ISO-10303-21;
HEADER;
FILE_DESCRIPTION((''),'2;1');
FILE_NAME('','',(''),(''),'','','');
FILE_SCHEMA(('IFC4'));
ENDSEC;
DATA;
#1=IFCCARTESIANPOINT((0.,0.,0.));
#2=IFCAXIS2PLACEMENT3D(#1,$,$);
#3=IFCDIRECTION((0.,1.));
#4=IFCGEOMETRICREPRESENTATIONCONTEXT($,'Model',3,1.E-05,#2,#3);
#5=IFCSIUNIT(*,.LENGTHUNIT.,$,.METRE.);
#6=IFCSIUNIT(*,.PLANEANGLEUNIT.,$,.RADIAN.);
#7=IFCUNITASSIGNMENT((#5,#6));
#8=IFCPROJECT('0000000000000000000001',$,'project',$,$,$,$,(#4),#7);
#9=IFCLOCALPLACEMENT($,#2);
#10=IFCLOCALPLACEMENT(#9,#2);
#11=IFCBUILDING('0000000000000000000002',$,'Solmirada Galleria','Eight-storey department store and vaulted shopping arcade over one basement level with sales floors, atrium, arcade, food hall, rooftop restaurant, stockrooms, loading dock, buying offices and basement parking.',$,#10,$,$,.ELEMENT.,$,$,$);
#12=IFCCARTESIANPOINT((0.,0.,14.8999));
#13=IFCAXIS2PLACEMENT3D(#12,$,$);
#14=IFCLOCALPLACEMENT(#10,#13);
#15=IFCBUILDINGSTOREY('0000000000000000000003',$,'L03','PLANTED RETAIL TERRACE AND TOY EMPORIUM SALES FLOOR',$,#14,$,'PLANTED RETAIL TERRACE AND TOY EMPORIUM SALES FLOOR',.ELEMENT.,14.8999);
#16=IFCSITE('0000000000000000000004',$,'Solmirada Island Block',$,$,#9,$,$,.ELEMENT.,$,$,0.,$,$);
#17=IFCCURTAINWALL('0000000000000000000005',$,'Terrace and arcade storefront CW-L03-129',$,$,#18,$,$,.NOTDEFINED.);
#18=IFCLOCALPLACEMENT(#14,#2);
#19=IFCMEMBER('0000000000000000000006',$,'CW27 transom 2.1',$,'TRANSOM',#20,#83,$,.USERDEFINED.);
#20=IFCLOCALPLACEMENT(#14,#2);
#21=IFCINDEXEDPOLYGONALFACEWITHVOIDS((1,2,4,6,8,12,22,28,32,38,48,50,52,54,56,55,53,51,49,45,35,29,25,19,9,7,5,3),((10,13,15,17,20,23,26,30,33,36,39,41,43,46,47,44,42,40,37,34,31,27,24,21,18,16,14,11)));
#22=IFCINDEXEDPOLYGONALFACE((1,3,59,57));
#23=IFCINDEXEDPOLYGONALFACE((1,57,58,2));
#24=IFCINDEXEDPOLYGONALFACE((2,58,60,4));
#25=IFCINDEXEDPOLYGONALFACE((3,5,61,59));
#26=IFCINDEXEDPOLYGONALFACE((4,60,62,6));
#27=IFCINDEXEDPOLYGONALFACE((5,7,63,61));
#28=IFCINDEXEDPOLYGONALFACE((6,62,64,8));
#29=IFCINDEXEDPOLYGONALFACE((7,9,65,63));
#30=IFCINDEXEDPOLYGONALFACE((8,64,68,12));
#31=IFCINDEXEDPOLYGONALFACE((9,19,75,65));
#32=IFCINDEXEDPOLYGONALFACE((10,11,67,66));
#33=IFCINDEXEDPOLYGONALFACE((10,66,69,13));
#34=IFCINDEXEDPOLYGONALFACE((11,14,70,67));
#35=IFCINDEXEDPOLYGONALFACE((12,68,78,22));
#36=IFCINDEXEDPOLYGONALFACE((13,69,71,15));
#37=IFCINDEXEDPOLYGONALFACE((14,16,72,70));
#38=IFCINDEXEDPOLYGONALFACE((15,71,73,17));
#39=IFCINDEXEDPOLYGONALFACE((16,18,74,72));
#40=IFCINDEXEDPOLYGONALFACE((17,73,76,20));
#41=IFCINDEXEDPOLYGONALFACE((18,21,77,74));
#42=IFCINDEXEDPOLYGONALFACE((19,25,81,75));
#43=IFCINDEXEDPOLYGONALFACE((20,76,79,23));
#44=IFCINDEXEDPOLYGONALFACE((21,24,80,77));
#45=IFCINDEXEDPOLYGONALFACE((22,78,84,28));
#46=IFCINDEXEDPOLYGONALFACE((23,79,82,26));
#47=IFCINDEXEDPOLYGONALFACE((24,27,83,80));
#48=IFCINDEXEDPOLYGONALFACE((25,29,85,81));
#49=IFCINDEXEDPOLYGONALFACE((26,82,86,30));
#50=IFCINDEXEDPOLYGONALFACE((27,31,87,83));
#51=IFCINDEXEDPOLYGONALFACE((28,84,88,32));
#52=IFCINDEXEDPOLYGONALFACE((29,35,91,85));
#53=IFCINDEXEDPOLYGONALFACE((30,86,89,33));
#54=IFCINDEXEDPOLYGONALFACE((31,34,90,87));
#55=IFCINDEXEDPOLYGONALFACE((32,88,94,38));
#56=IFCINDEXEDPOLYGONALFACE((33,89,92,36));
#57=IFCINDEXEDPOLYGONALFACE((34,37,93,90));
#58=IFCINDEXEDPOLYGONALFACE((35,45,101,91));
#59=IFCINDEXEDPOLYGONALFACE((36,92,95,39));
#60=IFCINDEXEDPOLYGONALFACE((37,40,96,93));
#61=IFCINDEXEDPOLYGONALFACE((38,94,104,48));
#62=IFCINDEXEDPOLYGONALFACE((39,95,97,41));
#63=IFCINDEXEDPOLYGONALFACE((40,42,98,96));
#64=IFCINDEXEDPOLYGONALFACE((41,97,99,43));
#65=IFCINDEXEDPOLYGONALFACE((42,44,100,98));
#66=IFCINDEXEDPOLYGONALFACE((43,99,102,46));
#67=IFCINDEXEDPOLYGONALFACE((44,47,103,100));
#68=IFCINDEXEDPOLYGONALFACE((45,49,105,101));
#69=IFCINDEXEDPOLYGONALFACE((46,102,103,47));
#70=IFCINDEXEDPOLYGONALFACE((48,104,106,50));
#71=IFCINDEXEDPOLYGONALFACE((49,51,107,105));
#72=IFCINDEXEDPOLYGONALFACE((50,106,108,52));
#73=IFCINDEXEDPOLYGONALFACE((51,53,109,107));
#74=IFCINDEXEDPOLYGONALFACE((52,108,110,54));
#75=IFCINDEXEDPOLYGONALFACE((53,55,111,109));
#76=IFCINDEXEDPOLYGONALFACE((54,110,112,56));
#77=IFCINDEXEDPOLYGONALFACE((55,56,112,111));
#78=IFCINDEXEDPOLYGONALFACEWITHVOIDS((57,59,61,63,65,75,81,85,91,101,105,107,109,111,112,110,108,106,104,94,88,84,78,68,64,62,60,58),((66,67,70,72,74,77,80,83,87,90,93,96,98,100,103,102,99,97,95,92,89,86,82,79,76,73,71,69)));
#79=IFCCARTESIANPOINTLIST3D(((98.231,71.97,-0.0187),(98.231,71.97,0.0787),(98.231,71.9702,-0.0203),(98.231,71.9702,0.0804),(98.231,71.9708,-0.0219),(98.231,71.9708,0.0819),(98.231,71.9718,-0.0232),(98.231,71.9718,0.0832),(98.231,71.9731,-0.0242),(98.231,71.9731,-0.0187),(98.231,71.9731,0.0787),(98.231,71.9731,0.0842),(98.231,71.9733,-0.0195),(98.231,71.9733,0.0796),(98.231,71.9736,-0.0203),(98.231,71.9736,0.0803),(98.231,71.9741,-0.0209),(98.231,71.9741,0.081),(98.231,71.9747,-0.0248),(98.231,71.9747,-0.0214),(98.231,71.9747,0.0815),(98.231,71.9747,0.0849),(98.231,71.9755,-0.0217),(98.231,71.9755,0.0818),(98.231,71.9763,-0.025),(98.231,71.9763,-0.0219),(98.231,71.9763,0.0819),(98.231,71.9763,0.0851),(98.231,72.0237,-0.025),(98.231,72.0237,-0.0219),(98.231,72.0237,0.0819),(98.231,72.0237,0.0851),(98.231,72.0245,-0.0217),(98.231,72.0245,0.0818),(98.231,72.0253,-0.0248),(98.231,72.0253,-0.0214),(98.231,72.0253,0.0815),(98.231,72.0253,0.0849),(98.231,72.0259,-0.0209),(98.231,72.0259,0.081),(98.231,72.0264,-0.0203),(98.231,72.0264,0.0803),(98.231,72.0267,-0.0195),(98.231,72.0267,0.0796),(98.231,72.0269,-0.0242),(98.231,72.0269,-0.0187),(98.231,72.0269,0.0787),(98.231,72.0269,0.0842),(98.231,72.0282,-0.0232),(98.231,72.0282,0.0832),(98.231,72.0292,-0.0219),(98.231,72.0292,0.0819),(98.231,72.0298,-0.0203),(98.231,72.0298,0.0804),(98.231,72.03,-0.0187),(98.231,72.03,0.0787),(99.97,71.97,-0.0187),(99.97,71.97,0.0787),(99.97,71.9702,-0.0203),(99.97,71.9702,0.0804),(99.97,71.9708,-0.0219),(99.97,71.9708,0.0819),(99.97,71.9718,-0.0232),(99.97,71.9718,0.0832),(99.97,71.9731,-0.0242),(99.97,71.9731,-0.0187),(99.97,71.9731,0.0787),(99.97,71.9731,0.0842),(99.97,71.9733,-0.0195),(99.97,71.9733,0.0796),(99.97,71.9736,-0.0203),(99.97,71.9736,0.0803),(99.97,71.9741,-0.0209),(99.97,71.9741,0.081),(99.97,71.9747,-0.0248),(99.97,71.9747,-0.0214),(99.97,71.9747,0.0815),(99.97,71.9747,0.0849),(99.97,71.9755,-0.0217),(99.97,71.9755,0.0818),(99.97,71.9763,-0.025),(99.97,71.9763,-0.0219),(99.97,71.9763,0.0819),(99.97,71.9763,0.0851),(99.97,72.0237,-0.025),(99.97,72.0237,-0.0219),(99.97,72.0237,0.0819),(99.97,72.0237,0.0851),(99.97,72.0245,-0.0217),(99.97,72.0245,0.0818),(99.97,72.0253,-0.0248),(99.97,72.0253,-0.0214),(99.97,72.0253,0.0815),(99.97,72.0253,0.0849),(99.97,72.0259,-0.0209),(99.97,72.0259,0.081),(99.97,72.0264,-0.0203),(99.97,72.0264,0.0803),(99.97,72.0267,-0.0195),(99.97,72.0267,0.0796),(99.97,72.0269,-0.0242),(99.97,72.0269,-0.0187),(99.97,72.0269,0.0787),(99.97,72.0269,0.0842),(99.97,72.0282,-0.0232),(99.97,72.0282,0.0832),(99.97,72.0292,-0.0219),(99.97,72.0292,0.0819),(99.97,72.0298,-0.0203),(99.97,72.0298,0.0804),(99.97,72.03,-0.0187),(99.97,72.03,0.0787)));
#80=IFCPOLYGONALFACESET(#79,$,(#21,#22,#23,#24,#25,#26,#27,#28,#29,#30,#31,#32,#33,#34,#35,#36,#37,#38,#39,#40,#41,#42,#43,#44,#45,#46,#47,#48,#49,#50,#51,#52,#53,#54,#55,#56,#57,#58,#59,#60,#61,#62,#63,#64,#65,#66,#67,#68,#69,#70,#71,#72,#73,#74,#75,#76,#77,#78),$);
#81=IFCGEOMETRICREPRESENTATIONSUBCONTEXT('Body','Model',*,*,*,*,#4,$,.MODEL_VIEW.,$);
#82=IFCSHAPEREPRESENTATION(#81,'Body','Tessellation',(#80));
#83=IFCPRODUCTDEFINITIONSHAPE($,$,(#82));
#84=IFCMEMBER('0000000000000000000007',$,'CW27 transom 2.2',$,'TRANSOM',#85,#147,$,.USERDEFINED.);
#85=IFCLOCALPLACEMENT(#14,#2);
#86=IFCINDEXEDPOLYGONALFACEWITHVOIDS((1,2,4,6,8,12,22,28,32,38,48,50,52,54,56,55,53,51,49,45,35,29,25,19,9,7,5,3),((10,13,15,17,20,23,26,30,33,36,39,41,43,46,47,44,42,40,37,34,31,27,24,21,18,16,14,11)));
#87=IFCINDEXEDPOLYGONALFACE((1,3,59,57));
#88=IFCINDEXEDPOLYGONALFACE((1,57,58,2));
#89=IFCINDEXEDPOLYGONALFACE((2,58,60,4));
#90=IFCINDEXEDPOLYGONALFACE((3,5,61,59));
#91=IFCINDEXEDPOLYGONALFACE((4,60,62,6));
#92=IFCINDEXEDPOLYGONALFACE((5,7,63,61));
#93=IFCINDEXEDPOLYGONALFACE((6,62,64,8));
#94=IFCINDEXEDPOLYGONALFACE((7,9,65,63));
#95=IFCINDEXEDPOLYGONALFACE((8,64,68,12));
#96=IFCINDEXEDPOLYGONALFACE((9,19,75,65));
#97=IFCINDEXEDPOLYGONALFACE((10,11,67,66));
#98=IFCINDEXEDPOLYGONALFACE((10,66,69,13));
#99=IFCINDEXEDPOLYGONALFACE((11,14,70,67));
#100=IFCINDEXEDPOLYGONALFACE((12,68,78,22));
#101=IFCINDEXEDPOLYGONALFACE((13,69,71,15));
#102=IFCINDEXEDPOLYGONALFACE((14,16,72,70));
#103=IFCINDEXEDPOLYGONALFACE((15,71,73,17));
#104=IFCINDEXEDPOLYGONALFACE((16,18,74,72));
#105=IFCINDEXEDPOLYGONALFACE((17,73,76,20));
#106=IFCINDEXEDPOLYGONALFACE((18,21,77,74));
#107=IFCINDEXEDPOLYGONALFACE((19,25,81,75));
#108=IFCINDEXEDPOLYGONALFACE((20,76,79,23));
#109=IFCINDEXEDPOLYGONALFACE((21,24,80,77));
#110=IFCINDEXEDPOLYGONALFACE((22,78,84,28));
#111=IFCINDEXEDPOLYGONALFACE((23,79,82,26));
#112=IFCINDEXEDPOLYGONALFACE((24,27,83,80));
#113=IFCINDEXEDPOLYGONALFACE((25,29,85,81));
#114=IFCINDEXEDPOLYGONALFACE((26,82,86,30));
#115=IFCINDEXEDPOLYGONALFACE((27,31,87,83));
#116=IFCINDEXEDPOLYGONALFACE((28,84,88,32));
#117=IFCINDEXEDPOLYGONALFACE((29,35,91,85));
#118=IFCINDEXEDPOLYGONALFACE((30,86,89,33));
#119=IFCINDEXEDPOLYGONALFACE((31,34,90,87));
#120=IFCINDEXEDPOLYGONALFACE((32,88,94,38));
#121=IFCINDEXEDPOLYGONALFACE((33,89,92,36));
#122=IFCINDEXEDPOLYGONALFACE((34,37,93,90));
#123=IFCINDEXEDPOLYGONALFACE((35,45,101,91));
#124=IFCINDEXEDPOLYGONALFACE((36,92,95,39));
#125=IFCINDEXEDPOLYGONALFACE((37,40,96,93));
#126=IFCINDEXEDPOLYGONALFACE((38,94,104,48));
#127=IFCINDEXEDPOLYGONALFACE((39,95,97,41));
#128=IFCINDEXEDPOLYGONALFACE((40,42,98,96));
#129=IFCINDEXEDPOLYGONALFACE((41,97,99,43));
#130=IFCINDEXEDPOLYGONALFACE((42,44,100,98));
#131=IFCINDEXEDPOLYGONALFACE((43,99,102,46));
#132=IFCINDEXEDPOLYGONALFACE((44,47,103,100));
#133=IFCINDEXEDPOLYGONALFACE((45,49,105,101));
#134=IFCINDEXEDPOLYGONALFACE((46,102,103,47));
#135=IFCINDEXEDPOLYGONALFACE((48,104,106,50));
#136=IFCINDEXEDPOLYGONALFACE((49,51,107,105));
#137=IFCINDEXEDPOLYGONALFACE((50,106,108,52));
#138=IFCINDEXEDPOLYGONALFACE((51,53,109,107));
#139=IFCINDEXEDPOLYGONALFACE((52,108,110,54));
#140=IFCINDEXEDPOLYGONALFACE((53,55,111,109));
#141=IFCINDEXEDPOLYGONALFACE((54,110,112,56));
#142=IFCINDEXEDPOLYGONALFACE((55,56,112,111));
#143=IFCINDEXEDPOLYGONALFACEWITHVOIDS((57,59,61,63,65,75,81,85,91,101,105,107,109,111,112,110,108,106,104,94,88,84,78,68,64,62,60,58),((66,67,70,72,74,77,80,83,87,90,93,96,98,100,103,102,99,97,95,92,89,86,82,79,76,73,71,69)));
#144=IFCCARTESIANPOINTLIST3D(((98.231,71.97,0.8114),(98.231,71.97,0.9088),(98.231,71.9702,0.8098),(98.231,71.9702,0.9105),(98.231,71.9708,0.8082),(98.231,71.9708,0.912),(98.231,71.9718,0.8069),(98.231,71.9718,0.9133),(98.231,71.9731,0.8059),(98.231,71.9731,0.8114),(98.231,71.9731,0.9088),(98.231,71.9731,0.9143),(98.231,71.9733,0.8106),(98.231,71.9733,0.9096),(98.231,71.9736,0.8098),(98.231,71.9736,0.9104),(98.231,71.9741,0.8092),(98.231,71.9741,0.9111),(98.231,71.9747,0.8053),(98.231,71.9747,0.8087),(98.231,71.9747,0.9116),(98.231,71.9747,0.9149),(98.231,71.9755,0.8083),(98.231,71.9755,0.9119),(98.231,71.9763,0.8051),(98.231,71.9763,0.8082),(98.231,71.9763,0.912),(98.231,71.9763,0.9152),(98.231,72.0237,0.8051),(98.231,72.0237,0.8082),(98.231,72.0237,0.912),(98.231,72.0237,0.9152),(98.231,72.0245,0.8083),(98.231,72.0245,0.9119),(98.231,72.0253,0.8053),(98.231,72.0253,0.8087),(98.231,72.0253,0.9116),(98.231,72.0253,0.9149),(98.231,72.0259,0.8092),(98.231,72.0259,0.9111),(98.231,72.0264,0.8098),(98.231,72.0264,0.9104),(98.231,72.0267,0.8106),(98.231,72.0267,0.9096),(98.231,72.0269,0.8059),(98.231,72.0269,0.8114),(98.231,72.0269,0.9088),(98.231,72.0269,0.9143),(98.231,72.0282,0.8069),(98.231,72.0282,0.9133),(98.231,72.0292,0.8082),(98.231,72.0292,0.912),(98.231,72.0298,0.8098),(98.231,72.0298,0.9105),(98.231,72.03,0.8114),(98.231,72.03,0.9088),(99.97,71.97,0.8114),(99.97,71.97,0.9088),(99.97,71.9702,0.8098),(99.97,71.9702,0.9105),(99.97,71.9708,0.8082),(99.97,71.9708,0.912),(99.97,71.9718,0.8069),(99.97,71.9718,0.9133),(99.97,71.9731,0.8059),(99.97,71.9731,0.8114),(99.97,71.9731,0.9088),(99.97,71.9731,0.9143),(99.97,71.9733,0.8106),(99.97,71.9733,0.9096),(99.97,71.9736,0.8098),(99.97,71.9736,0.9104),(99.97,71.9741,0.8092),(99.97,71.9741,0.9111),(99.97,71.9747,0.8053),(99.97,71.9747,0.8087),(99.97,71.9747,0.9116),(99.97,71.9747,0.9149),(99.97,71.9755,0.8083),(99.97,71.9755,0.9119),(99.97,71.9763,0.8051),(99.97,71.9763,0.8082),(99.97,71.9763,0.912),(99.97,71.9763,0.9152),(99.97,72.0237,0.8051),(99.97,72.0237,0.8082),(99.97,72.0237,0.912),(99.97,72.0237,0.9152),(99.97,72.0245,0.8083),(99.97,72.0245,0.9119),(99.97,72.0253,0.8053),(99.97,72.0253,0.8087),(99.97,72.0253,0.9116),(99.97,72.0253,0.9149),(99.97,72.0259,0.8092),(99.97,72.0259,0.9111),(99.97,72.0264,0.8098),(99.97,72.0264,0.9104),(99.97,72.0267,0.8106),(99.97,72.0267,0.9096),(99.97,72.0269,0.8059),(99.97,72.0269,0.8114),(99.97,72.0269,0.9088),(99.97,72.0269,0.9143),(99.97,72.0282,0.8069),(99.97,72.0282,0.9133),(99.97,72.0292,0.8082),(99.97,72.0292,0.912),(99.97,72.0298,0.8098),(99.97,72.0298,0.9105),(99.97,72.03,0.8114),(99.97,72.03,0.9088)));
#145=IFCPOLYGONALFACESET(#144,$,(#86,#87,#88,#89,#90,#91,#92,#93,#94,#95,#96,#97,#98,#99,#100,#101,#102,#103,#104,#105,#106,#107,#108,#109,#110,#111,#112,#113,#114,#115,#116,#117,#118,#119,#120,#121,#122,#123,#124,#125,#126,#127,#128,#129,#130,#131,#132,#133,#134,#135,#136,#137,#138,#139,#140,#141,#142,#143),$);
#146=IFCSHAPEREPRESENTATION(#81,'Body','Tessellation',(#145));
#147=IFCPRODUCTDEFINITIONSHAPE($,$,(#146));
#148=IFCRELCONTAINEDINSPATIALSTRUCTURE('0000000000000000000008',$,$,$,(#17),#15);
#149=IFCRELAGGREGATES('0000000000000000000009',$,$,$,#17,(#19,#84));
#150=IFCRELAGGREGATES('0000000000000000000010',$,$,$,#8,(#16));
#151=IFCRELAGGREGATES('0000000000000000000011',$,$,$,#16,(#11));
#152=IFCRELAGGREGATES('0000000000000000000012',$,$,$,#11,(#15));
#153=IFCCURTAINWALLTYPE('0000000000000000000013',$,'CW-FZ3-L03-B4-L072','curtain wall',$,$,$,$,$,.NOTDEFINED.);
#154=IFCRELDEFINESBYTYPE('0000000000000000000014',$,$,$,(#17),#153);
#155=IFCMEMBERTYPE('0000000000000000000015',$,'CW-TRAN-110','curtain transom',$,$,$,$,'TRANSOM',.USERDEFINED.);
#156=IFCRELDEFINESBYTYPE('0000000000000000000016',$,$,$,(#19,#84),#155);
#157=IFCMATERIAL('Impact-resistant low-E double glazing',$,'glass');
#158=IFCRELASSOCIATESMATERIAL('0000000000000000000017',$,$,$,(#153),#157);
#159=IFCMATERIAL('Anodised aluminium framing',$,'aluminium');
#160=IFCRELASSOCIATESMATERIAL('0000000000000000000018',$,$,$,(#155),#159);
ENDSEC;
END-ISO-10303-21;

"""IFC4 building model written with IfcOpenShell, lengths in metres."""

from ifc_helpers import new_model, si_unit, direction, frame, origin, origin_2d, place, context, subcontext, project, spatial, hollow_rectangle, extrude, material, material_profile, profile_set, type_object, element, aggregate, save


model = new_model("IFC4")

# Units and contexts
model_context = context("Model", 3, precision=1e-05, world=origin(), true_north=direction((0.0, 1.0)))
body_context = subcontext(model_context, "Body", "Model", "MODEL_VIEW")
ifc_project = project(units=[si_unit("LENGTHUNIT", "METRE"), si_unit("PLANEANGLEUNIT", "RADIAN")], contexts=[model_context])

# Site, building, storey
site_placement = place(None, origin())
site = spatial("IfcSite", under=ifc_project, at=site_placement, Name="Solmirada Island Block", CompositionType="ELEMENT", RefElevation=0.0)
building_placement = place(site_placement, origin())
building = spatial("IfcBuilding", under=site, at=building_placement, Name="Solmirada Galleria", Description="Eight-storey department store and vaulted shopping arcade over one basement level with sales floors, atrium, arcade, food hall, rooftop restaurant, stockrooms, loading dock, buying offices and basement parking.", CompositionType="ELEMENT")
storey_placement = place(building_placement, frame((0.0, 0.0, 14.8999)))
storey = spatial("IfcBuildingStorey", under=building, at=storey_placement, Name="L03", Description="PLANTED RETAIL TERRACE AND TOY EMPORIUM SALES FLOOR", LongName="PLANTED RETAIL TERRACE AND TOY EMPORIUM SALES FLOOR", CompositionType="ELEMENT", Elevation=14.8999)

# Shared definitions
ifc_material_1 = material(Name="Impact-resistant low-E double glazing", Category="glass")
curtain_wall_type = type_object("IfcCurtainWallType", Name="CW-FZ3-L03-B4-L072", Description="curtain wall", PredefinedType="NOTDEFINED", material=ifc_material_1)
ifc_material_2 = material(Name="Anodised aluminium framing", Category="aluminium")

# Curtain wall, members
curtain_wall_1_placement = place(storey_placement, origin())
curtain_wall_1 = element("IfcCurtainWall", 1, at=curtain_wall_1_placement, inside=storey, type_object=curtain_wall_type, Name="Terrace and arcade storefront CW-L03-129", PredefinedType="NOTDEFINED")
ifc_material_profile_1 = material_profile(ifc_material_2, hollow_rectangle(XDim=0.0601, YDim=0.1101, WallThickness=0.0032, InnerFilletRadius=0.0032, OuterFilletRadius=0.0063, at=origin_2d()), Name="ALU-TRAN-110X60")
ifc_profile_set_1 = profile_set([ifc_material_profile_1], Name="Anodised aluminium framing")
member_type_1 = type_object("IfcMemberType", Name="CW-TRAN-110", Description="curtain transom", ElementType="TRANSOM", PredefinedType="USERDEFINED", material=ifc_profile_set_1)
member_1_placement = place(storey_placement, frame((98.231, 72.0, 0.03), z_axis=(1.0, 0.0, 0.0), x_axis=(0.0, 1.0, 0.0)))
member_1 = element("IfcMember", 2, at=member_1_placement, type_object=member_type_1, Name="CW27 transom 2.1", ObjectType="TRANSOM", PredefinedType="USERDEFINED", context=body_context, shape_type="SweptSolid", body=[
    extrude(hollow_rectangle(XDim=0.0601, YDim=0.1101, WallThickness=0.0032, InnerFilletRadius=0.0032, OuterFilletRadius=0.0063, at=origin_2d()), origin(), (0.0, 0.0, 1.0), 1.739),
])
member_2_placement = place(storey_placement, frame((98.231, 72.0, 0.8601), z_axis=(1.0, 0.0, 0.0), x_axis=(0.0, 1.0, 0.0)))
member_2 = element("IfcMember", 3, at=member_2_placement, type_object=member_type_1, Name="CW27 transom 2.2", ObjectType="TRANSOM", PredefinedType="USERDEFINED", context=body_context, shape_type="SweptSolid", body=[
    extrude(hollow_rectangle(XDim=0.0601, YDim=0.1101, WallThickness=0.0032, InnerFilletRadius=0.0032, OuterFilletRadius=0.0063, at=origin_2d()), origin(), (0.0, 0.0, 1.0), 1.739),
])

aggregate(curtain_wall_1, [member_1, member_2])

save(model, "model.ifc")
